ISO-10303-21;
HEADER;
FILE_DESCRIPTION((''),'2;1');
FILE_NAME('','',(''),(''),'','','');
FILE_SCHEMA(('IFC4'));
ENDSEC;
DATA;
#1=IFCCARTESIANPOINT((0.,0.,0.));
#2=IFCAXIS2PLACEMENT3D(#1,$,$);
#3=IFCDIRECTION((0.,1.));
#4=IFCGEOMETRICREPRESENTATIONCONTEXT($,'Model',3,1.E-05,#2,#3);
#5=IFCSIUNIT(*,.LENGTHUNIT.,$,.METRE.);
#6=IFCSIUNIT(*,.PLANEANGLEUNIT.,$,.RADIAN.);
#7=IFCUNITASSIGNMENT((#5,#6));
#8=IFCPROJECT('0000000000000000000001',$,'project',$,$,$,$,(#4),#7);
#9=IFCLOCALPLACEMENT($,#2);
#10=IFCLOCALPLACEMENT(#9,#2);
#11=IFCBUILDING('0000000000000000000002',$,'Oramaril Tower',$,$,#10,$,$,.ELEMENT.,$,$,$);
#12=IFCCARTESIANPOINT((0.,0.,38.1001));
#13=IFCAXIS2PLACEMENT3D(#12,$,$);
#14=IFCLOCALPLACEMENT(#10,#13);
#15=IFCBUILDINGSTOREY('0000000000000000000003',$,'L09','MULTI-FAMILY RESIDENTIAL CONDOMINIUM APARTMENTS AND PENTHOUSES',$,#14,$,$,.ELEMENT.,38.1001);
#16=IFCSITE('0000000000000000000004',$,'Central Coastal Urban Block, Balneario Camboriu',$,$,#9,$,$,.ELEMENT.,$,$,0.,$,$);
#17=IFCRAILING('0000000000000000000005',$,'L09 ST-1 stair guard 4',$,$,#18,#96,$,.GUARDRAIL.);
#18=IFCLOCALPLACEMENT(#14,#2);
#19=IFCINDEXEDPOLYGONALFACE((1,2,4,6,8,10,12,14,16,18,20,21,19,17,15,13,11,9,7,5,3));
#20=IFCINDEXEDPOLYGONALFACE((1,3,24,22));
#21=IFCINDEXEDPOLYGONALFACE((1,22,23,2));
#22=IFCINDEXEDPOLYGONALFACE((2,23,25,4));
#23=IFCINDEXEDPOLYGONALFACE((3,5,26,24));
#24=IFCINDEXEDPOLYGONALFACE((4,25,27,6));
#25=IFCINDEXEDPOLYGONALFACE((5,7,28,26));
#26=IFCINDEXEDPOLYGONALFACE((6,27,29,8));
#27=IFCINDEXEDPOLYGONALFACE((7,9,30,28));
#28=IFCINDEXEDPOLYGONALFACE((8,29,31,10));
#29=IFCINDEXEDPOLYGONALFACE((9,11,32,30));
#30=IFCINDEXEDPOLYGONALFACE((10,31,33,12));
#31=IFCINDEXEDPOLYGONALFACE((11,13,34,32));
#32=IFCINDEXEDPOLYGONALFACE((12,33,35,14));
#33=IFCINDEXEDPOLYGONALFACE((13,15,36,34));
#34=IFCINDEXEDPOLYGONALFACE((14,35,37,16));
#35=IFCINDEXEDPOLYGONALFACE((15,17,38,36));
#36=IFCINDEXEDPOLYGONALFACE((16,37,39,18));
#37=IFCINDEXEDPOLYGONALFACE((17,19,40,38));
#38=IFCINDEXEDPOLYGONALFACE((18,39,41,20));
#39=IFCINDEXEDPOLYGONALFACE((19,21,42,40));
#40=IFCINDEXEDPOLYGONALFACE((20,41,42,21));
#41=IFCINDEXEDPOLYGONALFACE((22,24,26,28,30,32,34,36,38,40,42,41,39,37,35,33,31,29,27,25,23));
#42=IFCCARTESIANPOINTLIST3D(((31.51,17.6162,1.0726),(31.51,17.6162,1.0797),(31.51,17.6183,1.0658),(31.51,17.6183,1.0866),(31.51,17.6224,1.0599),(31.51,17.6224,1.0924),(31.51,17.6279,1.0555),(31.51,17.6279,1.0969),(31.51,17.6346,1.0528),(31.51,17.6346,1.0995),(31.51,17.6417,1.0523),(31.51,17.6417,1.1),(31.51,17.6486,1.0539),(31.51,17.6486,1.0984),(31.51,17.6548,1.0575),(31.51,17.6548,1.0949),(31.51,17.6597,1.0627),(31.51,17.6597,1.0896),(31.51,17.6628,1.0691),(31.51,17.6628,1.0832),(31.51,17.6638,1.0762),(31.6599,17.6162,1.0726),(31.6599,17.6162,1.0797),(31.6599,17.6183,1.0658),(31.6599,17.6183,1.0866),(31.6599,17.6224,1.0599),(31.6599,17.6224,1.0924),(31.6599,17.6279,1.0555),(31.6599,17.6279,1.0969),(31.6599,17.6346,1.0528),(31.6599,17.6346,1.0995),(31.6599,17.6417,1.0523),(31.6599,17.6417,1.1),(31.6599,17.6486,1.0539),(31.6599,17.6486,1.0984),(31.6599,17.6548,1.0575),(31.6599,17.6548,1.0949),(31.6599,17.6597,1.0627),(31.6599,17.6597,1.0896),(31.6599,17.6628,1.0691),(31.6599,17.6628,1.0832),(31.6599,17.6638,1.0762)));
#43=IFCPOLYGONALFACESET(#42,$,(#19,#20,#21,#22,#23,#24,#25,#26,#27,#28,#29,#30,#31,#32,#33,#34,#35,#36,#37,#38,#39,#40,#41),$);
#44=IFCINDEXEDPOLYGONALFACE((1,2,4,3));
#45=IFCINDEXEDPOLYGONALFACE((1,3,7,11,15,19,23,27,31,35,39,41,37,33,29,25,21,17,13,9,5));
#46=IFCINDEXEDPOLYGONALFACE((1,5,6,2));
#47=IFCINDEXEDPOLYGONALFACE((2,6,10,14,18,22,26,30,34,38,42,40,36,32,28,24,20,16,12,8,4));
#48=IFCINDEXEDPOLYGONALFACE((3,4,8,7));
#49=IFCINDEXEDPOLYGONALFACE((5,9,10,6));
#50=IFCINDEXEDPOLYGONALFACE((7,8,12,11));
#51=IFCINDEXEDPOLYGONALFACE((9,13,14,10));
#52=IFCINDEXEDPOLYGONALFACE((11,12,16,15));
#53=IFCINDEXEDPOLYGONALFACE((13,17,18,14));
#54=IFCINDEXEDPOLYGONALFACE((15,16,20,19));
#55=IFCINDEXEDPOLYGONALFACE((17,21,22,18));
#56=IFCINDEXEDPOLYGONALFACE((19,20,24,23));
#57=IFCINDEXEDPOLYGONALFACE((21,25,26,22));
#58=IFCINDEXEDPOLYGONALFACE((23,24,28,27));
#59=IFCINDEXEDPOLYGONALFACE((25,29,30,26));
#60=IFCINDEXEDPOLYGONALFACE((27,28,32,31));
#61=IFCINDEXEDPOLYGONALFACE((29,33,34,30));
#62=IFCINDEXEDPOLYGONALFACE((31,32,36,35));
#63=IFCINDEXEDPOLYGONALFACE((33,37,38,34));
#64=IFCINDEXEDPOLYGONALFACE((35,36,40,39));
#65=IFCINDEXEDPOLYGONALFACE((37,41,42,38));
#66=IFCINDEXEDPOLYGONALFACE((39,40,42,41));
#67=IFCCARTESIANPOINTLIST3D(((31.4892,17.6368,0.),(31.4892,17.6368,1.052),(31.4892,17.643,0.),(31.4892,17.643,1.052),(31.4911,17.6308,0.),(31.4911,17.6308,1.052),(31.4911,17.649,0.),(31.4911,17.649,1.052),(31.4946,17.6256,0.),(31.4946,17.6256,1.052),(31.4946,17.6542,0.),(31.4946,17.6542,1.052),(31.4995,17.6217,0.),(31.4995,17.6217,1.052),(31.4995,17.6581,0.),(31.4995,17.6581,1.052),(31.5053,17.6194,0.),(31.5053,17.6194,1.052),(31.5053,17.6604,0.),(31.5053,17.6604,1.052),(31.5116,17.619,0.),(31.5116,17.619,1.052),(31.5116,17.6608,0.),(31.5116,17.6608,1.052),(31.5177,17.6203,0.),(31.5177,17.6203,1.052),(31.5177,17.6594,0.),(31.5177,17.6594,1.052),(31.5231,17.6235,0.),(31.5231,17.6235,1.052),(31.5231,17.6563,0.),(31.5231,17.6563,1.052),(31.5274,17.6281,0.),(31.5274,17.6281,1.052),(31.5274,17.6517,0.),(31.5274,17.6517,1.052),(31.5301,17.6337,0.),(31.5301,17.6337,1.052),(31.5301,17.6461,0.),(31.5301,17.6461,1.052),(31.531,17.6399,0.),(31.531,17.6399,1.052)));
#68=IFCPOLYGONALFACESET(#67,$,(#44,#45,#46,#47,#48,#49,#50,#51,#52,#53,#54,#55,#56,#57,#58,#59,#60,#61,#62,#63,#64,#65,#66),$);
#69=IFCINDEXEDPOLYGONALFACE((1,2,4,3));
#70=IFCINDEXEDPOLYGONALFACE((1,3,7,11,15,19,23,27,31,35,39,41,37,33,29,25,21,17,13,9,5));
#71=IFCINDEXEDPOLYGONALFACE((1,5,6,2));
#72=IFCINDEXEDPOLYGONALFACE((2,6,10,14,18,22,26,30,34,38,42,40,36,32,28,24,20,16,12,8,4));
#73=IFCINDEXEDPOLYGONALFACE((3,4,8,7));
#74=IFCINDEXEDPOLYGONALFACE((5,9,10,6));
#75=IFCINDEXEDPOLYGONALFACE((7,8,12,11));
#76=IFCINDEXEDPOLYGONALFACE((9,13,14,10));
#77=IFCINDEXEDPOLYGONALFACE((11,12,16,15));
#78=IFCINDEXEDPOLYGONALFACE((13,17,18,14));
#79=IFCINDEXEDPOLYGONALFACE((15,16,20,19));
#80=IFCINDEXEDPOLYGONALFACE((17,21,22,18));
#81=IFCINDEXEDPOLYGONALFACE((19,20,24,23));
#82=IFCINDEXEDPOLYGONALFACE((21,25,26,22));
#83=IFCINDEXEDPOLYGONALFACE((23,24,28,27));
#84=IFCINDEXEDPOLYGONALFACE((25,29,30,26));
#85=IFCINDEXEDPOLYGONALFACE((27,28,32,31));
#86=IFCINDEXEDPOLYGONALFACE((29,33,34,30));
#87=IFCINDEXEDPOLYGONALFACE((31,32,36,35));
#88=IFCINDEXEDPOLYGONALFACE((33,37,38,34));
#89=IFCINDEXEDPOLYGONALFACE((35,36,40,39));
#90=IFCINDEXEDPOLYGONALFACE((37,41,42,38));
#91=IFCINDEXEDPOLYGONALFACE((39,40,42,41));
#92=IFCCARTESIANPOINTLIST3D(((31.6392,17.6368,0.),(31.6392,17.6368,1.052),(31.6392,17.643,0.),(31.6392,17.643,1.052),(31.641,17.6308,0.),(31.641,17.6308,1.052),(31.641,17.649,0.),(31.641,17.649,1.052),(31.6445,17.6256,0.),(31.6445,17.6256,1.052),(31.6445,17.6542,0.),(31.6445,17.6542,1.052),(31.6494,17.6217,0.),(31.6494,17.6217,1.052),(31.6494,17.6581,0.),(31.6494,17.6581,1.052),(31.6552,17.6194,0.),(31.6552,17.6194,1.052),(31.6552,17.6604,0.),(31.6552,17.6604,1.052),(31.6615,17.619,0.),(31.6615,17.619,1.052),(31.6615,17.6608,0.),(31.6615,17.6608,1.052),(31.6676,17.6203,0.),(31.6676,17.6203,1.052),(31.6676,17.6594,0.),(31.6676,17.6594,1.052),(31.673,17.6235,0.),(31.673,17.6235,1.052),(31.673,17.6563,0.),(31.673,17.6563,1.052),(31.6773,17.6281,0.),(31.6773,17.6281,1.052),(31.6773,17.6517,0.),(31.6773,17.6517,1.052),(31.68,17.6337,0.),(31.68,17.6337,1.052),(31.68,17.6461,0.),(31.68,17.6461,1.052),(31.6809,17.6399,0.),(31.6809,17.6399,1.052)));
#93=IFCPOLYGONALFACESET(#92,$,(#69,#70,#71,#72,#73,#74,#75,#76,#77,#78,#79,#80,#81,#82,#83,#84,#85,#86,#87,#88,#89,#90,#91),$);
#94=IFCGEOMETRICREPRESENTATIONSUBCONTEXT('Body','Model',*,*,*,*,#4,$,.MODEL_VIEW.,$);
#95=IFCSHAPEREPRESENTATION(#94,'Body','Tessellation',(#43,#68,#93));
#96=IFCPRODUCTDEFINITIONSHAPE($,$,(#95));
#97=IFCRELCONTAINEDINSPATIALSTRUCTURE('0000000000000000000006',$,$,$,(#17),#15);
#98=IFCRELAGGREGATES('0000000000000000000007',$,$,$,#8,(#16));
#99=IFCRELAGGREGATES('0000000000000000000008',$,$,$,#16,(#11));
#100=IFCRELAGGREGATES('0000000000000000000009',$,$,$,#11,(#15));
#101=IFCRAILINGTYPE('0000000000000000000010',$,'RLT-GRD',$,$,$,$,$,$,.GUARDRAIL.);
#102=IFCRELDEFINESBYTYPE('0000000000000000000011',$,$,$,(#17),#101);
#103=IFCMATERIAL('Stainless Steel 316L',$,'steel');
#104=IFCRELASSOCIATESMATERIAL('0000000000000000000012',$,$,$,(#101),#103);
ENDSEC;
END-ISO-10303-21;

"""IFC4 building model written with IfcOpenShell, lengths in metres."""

from ifc_helpers import new_model, si_unit, direction, frame, origin, origin_2d, place, context, subcontext, project, spatial, circle, extrude, material, type_object, element, save


model = new_model("IFC4")

# Units and contexts
model_context = context("Model", 3, precision=1e-05, world=origin(), true_north=direction((0.0, 1.0)))
body_context = subcontext(model_context, "Body", "Model", "MODEL_VIEW")
ifc_project = project(units=[si_unit("LENGTHUNIT", "METRE"), si_unit("PLANEANGLEUNIT", "RADIAN")], contexts=[model_context])

# Site, building, storey
site_placement = place(None, origin())
site = spatial("IfcSite", under=ifc_project, at=site_placement, Name="Central Coastal Urban Block, Balneario Camboriu", CompositionType="ELEMENT", RefElevation=0.0)
building_placement = place(site_placement, origin())
building = spatial("IfcBuilding", under=site, at=building_placement, Name="Oramaril Tower", CompositionType="ELEMENT")
storey_placement = place(building_placement, frame((0.0, 0.0, 38.1001)))
storey = spatial("IfcBuildingStorey", under=building, at=storey_placement, Name="L09", Description="MULTI-FAMILY RESIDENTIAL CONDOMINIUM APARTMENTS AND PENTHOUSES", CompositionType="ELEMENT", Elevation=38.1001)

# Railing
ifc_material_1 = material(Name="Stainless Steel 316L", Category="steel")
railing_type_1 = type_object("IfcRailingType", Name="RLT-GRD", PredefinedType="GUARDRAIL", material=ifc_material_1)
railing_1_placement = place(storey_placement, frame((31.51, 17.6399, 0.0)))
element("IfcRailing", 1, at=railing_1_placement, inside=storey, type_object=railing_type_1, Name="L09 ST-1 stair guard 4", PredefinedType="GUARDRAIL", context=body_context, shape_type="SweptSolid", body=[
    extrude(circle(Radius=0.0239, at=origin_2d()), frame((0.0, 0.0, 1.0762), z_axis=(1.0, 0.0, 0.0), x_axis=(0.0, 1.0, 0.0)), (0.0, 0.0, 1.0), 0.1499),
    extrude(circle(Radius=0.021, at=origin_2d()), origin(), (0.0, 0.0, 1.0), 1.052),
    extrude(circle(Radius=0.021, at=origin_2d()), frame((0.1499, 0.0, 0.0)), (0.0, 0.0, 1.0), 1.052),
])

save(model, "model.ifc")
